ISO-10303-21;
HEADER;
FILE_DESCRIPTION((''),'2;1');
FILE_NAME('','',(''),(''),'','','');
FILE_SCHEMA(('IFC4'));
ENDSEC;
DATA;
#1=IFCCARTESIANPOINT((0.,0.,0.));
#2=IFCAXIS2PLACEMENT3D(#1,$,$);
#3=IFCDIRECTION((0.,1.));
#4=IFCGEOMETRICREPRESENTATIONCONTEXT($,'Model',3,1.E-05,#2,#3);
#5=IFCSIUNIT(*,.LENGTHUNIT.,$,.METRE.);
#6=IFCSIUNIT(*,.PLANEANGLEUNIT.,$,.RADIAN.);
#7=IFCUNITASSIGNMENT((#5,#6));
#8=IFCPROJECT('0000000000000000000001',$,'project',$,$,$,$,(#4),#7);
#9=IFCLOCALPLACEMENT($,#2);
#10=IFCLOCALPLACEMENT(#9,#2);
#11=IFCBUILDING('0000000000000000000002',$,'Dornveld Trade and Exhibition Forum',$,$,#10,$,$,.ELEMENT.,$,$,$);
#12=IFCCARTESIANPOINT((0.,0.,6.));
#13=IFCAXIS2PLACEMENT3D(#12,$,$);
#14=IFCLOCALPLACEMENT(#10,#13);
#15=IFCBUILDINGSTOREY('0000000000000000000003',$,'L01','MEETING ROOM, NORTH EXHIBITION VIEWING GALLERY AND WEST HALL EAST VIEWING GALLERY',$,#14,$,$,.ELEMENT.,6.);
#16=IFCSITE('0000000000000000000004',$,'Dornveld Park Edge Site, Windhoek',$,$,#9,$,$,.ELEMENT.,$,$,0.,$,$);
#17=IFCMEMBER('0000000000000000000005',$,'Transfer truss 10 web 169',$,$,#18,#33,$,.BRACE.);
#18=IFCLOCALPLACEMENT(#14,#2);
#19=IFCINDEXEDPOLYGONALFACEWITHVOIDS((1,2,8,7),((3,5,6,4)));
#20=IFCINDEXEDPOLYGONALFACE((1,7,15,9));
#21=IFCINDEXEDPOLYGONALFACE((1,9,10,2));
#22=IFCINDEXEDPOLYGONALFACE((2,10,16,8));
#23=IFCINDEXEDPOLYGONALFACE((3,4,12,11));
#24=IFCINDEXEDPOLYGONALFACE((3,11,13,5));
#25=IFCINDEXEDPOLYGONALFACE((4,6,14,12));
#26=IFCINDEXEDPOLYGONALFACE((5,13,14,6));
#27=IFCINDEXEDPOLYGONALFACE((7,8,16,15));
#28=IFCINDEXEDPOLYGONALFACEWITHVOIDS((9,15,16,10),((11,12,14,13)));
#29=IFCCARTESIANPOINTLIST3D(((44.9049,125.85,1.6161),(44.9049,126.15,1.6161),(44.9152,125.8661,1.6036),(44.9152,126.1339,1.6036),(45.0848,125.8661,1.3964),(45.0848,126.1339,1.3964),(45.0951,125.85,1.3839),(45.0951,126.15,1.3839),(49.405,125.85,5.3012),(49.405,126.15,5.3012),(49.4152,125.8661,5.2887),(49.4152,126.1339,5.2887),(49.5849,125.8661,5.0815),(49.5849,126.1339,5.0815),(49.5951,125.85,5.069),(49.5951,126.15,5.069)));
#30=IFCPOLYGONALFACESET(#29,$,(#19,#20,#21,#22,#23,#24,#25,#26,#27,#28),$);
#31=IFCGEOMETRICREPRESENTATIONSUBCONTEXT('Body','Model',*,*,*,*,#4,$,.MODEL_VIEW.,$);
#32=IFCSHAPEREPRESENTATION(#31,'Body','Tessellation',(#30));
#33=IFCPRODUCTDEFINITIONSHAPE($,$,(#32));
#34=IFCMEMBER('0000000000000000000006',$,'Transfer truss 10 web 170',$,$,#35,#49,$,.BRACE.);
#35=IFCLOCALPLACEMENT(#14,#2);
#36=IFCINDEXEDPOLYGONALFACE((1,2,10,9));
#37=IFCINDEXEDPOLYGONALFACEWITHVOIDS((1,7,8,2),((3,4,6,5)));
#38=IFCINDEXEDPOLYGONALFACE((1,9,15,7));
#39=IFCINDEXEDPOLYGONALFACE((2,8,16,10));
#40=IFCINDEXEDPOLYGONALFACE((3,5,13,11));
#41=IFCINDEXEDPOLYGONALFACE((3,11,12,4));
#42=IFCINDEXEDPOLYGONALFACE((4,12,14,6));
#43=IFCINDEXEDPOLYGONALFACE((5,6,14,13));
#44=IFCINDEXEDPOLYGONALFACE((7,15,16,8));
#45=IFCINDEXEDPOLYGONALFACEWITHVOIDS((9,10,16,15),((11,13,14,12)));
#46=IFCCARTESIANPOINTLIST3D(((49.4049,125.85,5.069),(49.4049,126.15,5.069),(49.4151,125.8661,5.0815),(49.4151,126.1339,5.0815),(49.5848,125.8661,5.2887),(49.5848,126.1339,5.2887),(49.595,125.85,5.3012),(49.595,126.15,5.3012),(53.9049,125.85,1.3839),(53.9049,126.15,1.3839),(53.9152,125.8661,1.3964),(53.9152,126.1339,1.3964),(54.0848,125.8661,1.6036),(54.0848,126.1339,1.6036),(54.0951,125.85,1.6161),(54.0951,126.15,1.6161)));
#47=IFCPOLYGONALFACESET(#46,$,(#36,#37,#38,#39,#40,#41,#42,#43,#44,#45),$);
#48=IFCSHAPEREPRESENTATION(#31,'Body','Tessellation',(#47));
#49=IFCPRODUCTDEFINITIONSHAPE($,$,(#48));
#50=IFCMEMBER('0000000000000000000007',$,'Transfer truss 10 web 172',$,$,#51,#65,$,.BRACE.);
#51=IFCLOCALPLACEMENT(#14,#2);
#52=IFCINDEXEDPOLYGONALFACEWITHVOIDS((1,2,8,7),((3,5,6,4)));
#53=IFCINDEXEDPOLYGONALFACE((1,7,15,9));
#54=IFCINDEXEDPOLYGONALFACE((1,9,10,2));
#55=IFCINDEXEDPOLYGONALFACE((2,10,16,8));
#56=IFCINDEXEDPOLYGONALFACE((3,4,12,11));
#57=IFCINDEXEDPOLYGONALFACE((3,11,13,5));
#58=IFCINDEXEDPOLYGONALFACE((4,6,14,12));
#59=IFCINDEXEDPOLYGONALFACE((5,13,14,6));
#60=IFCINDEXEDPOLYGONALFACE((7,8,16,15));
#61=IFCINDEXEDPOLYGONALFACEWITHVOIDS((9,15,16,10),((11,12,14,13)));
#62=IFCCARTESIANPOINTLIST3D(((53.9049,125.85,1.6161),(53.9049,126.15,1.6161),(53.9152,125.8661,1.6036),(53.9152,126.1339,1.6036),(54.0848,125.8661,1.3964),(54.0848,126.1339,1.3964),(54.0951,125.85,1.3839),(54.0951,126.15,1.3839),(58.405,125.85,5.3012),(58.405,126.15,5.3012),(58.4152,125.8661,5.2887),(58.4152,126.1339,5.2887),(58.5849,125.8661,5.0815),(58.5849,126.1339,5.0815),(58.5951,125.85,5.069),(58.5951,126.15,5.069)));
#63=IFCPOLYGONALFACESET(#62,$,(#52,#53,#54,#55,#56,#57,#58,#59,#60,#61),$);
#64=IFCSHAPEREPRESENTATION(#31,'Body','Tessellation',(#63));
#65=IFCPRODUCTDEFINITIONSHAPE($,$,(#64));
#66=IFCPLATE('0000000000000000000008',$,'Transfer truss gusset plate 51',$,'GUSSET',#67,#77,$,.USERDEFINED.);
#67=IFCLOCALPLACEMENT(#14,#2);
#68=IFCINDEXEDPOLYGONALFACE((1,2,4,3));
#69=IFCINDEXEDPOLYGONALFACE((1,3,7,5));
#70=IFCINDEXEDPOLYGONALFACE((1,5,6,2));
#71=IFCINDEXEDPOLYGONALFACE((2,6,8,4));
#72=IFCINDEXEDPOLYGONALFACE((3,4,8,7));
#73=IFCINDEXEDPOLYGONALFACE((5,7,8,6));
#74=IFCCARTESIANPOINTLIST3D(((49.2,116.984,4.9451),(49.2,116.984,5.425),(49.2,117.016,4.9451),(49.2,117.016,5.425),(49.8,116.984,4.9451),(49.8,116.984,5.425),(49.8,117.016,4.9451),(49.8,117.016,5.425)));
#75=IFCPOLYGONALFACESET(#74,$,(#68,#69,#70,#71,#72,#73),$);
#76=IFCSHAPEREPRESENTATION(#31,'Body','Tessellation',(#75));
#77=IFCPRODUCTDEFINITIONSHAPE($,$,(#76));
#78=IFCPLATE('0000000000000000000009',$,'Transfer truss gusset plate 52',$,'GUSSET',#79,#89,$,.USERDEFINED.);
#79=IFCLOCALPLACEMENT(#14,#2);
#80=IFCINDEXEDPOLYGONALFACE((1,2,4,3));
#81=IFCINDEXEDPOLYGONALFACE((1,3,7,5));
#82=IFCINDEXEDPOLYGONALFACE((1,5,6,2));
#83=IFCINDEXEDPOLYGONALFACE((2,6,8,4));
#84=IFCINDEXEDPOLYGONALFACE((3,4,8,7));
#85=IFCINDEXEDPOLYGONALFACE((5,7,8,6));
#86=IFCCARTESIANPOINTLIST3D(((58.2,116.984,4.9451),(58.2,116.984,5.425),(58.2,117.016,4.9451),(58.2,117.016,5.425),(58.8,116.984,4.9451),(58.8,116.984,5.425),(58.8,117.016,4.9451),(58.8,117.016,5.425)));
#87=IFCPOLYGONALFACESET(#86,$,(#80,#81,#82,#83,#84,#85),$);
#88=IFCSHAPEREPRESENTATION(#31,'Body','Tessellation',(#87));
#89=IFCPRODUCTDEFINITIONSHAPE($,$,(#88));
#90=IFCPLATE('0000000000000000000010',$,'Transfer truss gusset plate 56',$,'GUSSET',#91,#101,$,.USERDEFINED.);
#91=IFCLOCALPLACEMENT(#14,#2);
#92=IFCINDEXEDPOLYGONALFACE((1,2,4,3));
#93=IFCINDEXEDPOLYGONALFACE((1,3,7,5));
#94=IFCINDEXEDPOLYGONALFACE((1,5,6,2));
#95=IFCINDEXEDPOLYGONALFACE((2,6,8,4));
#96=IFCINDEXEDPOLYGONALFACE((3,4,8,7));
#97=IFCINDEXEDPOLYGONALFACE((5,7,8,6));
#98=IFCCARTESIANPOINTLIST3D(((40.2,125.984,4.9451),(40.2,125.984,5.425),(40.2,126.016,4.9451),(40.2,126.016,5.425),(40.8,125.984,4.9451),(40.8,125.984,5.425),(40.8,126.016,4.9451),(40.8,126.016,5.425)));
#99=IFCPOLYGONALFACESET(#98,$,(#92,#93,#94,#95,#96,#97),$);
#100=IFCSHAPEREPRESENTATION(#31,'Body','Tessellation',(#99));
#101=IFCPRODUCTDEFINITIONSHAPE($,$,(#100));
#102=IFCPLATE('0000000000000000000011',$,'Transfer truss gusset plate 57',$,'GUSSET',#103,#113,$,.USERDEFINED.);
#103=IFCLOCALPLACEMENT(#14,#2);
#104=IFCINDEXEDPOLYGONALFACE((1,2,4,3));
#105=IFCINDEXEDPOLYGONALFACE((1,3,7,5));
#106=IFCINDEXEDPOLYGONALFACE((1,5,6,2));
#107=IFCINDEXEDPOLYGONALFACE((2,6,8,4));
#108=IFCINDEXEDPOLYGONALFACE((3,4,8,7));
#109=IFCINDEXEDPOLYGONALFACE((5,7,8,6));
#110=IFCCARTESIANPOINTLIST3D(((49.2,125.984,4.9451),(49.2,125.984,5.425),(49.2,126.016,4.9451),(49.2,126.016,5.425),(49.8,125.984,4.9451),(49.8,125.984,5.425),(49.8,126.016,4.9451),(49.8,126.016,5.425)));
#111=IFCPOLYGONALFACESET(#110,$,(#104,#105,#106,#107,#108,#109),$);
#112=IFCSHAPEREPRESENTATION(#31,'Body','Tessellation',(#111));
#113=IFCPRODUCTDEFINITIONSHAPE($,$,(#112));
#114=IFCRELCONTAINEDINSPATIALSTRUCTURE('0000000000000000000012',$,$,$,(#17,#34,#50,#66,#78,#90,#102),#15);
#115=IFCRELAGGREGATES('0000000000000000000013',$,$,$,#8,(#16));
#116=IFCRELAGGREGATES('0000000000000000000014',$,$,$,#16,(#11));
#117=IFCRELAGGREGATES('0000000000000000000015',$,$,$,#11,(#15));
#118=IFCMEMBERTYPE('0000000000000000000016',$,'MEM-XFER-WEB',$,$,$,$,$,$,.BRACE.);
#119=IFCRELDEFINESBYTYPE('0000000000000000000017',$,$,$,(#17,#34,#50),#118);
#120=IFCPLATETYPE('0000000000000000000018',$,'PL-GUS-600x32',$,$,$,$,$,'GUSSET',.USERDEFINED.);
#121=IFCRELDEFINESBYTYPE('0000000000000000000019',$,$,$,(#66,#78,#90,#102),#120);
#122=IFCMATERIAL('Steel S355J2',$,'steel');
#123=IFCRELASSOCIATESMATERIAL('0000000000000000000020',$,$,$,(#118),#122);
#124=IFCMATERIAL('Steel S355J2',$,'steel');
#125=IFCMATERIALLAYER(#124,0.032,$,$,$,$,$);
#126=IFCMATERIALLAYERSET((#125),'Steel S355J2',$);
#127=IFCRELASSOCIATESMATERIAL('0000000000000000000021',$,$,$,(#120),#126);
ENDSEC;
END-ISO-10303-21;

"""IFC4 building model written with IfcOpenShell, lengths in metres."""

from ifc_helpers import new_model, si_unit, direction, frame, origin, origin_2d, place, context, subcontext, project, spatial, rectangle, hollow_rectangle, extrude, material, layer, layer_set, material_profile, profile_set, type_object, element, save


model = new_model("IFC4")

# Units and contexts
model_context = context("Model", 3, precision=1e-05, world=origin(), true_north=direction((0.0, 1.0)))
body_context = subcontext(model_context, "Body", "Model", "MODEL_VIEW")
ifc_project = project(units=[si_unit("LENGTHUNIT", "METRE"), si_unit("PLANEANGLEUNIT", "RADIAN")], contexts=[model_context])

# Site, building, storey
site_placement = place(None, origin())
site = spatial("IfcSite", under=ifc_project, at=site_placement, Name="Dornveld Park Edge Site, Windhoek", CompositionType="ELEMENT", RefElevation=0.0)
building_placement = place(site_placement, origin())
building = spatial("IfcBuilding", under=site, at=building_placement, Name="Dornveld Trade and Exhibition Forum", CompositionType="ELEMENT")
storey_placement = place(building_placement, frame((0.0, 0.0, 6.0)))
storey = spatial("IfcBuildingStorey", under=building, at=storey_placement, Name="L01", Description="MEETING ROOM, NORTH EXHIBITION VIEWING GALLERY AND WEST HALL EAST VIEWING GALLERY", CompositionType="ELEMENT", Elevation=6.0)

# Members
ifc_material_1 = material(Name="Steel S355J2", Category="steel")
ifc_material_profile_1 = material_profile(ifc_material_1, hollow_rectangle(XDim=0.3, YDim=0.3, WallThickness=0.0161, at=origin_2d()), Name="SHS 300x300x16")
ifc_profile_set_1 = profile_set([ifc_material_profile_1], Name="Steel S355J2")
member_type_1 = type_object("IfcMemberType", Name="MEM-XFER-WEB", PredefinedType="BRACE", material=ifc_profile_set_1)
for number, where, z_axis, x_axis, name in (
    (1, (45.0, 126.0, 1.5), (0.773684, 0.0, 0.633571), (0.0, 1.0, 0.0), "Transfer truss 10 web 169"),
    (2, (54.0, 126.0, 1.5), (-0.773684, 0.0, 0.633571), (0.0, -1.0, 0.0), "Transfer truss 10 web 170"),
    (3, (54.0, 126.0, 1.5), (0.773684, 0.0, 0.633571), (0.0, 1.0, 0.0), "Transfer truss 10 web 172"),
):
    element("IfcMember", number, at=place(storey_placement, frame(where, z_axis=z_axis, x_axis=x_axis)), inside=storey, type_object=member_type_1, Name=name, PredefinedType="BRACE", context=body_context, shape_type="SweptSolid", body=[
        extrude(hollow_rectangle(XDim=0.3, YDim=0.3, WallThickness=0.0161, at=origin_2d()), origin(), (0.0, 0.0, 1.0), 5.8164),
    ])

# Plates
ifc_material_2 = material(Name="Steel S355J2", Category="steel")
ifc_layer = layer(ifc_material_2, 0.032)
ifc_layer_set = layer_set([ifc_layer], Name="Steel S355J2")
plate_type = type_object("IfcPlateType", Name="PL-GUS-600x32", ElementType="GUSSET", PredefinedType="USERDEFINED", material=ifc_layer_set)
for number, where, z_axis, x_axis, name in (
    (4, (49.5, 117.0, 4.9451), (0.0, 0.0, 1.0), (1.0, 0.0, 0.0), "Transfer truss gusset plate 51"),
    (5, (58.5, 117.0, 4.9451), (0.0, 0.0, 1.0), (1.0, 0.0, 0.0), "Transfer truss gusset plate 52"),
    (6, (40.5, 126.0, 4.9451), (0.0, 0.0, 1.0), (1.0, 0.0, 0.0), "Transfer truss gusset plate 56"),
    (7, (49.5, 126.0, 4.9451), (0.0, 0.0, 1.0), (1.0, 0.0, 0.0), "Transfer truss gusset plate 57"),
):
    element("IfcPlate", number, at=place(storey_placement, frame(where, z_axis=z_axis, x_axis=x_axis)), inside=storey, type_object=plate_type, Name=name, ObjectType="GUSSET", PredefinedType="USERDEFINED", context=body_context, shape_type="SweptSolid", body=[
        extrude(rectangle(XDim=0.6001, YDim=0.032, at=origin_2d()), origin(), (0.0, 0.0, 1.0), 0.48),
    ])

save(model, "model.ifc")
